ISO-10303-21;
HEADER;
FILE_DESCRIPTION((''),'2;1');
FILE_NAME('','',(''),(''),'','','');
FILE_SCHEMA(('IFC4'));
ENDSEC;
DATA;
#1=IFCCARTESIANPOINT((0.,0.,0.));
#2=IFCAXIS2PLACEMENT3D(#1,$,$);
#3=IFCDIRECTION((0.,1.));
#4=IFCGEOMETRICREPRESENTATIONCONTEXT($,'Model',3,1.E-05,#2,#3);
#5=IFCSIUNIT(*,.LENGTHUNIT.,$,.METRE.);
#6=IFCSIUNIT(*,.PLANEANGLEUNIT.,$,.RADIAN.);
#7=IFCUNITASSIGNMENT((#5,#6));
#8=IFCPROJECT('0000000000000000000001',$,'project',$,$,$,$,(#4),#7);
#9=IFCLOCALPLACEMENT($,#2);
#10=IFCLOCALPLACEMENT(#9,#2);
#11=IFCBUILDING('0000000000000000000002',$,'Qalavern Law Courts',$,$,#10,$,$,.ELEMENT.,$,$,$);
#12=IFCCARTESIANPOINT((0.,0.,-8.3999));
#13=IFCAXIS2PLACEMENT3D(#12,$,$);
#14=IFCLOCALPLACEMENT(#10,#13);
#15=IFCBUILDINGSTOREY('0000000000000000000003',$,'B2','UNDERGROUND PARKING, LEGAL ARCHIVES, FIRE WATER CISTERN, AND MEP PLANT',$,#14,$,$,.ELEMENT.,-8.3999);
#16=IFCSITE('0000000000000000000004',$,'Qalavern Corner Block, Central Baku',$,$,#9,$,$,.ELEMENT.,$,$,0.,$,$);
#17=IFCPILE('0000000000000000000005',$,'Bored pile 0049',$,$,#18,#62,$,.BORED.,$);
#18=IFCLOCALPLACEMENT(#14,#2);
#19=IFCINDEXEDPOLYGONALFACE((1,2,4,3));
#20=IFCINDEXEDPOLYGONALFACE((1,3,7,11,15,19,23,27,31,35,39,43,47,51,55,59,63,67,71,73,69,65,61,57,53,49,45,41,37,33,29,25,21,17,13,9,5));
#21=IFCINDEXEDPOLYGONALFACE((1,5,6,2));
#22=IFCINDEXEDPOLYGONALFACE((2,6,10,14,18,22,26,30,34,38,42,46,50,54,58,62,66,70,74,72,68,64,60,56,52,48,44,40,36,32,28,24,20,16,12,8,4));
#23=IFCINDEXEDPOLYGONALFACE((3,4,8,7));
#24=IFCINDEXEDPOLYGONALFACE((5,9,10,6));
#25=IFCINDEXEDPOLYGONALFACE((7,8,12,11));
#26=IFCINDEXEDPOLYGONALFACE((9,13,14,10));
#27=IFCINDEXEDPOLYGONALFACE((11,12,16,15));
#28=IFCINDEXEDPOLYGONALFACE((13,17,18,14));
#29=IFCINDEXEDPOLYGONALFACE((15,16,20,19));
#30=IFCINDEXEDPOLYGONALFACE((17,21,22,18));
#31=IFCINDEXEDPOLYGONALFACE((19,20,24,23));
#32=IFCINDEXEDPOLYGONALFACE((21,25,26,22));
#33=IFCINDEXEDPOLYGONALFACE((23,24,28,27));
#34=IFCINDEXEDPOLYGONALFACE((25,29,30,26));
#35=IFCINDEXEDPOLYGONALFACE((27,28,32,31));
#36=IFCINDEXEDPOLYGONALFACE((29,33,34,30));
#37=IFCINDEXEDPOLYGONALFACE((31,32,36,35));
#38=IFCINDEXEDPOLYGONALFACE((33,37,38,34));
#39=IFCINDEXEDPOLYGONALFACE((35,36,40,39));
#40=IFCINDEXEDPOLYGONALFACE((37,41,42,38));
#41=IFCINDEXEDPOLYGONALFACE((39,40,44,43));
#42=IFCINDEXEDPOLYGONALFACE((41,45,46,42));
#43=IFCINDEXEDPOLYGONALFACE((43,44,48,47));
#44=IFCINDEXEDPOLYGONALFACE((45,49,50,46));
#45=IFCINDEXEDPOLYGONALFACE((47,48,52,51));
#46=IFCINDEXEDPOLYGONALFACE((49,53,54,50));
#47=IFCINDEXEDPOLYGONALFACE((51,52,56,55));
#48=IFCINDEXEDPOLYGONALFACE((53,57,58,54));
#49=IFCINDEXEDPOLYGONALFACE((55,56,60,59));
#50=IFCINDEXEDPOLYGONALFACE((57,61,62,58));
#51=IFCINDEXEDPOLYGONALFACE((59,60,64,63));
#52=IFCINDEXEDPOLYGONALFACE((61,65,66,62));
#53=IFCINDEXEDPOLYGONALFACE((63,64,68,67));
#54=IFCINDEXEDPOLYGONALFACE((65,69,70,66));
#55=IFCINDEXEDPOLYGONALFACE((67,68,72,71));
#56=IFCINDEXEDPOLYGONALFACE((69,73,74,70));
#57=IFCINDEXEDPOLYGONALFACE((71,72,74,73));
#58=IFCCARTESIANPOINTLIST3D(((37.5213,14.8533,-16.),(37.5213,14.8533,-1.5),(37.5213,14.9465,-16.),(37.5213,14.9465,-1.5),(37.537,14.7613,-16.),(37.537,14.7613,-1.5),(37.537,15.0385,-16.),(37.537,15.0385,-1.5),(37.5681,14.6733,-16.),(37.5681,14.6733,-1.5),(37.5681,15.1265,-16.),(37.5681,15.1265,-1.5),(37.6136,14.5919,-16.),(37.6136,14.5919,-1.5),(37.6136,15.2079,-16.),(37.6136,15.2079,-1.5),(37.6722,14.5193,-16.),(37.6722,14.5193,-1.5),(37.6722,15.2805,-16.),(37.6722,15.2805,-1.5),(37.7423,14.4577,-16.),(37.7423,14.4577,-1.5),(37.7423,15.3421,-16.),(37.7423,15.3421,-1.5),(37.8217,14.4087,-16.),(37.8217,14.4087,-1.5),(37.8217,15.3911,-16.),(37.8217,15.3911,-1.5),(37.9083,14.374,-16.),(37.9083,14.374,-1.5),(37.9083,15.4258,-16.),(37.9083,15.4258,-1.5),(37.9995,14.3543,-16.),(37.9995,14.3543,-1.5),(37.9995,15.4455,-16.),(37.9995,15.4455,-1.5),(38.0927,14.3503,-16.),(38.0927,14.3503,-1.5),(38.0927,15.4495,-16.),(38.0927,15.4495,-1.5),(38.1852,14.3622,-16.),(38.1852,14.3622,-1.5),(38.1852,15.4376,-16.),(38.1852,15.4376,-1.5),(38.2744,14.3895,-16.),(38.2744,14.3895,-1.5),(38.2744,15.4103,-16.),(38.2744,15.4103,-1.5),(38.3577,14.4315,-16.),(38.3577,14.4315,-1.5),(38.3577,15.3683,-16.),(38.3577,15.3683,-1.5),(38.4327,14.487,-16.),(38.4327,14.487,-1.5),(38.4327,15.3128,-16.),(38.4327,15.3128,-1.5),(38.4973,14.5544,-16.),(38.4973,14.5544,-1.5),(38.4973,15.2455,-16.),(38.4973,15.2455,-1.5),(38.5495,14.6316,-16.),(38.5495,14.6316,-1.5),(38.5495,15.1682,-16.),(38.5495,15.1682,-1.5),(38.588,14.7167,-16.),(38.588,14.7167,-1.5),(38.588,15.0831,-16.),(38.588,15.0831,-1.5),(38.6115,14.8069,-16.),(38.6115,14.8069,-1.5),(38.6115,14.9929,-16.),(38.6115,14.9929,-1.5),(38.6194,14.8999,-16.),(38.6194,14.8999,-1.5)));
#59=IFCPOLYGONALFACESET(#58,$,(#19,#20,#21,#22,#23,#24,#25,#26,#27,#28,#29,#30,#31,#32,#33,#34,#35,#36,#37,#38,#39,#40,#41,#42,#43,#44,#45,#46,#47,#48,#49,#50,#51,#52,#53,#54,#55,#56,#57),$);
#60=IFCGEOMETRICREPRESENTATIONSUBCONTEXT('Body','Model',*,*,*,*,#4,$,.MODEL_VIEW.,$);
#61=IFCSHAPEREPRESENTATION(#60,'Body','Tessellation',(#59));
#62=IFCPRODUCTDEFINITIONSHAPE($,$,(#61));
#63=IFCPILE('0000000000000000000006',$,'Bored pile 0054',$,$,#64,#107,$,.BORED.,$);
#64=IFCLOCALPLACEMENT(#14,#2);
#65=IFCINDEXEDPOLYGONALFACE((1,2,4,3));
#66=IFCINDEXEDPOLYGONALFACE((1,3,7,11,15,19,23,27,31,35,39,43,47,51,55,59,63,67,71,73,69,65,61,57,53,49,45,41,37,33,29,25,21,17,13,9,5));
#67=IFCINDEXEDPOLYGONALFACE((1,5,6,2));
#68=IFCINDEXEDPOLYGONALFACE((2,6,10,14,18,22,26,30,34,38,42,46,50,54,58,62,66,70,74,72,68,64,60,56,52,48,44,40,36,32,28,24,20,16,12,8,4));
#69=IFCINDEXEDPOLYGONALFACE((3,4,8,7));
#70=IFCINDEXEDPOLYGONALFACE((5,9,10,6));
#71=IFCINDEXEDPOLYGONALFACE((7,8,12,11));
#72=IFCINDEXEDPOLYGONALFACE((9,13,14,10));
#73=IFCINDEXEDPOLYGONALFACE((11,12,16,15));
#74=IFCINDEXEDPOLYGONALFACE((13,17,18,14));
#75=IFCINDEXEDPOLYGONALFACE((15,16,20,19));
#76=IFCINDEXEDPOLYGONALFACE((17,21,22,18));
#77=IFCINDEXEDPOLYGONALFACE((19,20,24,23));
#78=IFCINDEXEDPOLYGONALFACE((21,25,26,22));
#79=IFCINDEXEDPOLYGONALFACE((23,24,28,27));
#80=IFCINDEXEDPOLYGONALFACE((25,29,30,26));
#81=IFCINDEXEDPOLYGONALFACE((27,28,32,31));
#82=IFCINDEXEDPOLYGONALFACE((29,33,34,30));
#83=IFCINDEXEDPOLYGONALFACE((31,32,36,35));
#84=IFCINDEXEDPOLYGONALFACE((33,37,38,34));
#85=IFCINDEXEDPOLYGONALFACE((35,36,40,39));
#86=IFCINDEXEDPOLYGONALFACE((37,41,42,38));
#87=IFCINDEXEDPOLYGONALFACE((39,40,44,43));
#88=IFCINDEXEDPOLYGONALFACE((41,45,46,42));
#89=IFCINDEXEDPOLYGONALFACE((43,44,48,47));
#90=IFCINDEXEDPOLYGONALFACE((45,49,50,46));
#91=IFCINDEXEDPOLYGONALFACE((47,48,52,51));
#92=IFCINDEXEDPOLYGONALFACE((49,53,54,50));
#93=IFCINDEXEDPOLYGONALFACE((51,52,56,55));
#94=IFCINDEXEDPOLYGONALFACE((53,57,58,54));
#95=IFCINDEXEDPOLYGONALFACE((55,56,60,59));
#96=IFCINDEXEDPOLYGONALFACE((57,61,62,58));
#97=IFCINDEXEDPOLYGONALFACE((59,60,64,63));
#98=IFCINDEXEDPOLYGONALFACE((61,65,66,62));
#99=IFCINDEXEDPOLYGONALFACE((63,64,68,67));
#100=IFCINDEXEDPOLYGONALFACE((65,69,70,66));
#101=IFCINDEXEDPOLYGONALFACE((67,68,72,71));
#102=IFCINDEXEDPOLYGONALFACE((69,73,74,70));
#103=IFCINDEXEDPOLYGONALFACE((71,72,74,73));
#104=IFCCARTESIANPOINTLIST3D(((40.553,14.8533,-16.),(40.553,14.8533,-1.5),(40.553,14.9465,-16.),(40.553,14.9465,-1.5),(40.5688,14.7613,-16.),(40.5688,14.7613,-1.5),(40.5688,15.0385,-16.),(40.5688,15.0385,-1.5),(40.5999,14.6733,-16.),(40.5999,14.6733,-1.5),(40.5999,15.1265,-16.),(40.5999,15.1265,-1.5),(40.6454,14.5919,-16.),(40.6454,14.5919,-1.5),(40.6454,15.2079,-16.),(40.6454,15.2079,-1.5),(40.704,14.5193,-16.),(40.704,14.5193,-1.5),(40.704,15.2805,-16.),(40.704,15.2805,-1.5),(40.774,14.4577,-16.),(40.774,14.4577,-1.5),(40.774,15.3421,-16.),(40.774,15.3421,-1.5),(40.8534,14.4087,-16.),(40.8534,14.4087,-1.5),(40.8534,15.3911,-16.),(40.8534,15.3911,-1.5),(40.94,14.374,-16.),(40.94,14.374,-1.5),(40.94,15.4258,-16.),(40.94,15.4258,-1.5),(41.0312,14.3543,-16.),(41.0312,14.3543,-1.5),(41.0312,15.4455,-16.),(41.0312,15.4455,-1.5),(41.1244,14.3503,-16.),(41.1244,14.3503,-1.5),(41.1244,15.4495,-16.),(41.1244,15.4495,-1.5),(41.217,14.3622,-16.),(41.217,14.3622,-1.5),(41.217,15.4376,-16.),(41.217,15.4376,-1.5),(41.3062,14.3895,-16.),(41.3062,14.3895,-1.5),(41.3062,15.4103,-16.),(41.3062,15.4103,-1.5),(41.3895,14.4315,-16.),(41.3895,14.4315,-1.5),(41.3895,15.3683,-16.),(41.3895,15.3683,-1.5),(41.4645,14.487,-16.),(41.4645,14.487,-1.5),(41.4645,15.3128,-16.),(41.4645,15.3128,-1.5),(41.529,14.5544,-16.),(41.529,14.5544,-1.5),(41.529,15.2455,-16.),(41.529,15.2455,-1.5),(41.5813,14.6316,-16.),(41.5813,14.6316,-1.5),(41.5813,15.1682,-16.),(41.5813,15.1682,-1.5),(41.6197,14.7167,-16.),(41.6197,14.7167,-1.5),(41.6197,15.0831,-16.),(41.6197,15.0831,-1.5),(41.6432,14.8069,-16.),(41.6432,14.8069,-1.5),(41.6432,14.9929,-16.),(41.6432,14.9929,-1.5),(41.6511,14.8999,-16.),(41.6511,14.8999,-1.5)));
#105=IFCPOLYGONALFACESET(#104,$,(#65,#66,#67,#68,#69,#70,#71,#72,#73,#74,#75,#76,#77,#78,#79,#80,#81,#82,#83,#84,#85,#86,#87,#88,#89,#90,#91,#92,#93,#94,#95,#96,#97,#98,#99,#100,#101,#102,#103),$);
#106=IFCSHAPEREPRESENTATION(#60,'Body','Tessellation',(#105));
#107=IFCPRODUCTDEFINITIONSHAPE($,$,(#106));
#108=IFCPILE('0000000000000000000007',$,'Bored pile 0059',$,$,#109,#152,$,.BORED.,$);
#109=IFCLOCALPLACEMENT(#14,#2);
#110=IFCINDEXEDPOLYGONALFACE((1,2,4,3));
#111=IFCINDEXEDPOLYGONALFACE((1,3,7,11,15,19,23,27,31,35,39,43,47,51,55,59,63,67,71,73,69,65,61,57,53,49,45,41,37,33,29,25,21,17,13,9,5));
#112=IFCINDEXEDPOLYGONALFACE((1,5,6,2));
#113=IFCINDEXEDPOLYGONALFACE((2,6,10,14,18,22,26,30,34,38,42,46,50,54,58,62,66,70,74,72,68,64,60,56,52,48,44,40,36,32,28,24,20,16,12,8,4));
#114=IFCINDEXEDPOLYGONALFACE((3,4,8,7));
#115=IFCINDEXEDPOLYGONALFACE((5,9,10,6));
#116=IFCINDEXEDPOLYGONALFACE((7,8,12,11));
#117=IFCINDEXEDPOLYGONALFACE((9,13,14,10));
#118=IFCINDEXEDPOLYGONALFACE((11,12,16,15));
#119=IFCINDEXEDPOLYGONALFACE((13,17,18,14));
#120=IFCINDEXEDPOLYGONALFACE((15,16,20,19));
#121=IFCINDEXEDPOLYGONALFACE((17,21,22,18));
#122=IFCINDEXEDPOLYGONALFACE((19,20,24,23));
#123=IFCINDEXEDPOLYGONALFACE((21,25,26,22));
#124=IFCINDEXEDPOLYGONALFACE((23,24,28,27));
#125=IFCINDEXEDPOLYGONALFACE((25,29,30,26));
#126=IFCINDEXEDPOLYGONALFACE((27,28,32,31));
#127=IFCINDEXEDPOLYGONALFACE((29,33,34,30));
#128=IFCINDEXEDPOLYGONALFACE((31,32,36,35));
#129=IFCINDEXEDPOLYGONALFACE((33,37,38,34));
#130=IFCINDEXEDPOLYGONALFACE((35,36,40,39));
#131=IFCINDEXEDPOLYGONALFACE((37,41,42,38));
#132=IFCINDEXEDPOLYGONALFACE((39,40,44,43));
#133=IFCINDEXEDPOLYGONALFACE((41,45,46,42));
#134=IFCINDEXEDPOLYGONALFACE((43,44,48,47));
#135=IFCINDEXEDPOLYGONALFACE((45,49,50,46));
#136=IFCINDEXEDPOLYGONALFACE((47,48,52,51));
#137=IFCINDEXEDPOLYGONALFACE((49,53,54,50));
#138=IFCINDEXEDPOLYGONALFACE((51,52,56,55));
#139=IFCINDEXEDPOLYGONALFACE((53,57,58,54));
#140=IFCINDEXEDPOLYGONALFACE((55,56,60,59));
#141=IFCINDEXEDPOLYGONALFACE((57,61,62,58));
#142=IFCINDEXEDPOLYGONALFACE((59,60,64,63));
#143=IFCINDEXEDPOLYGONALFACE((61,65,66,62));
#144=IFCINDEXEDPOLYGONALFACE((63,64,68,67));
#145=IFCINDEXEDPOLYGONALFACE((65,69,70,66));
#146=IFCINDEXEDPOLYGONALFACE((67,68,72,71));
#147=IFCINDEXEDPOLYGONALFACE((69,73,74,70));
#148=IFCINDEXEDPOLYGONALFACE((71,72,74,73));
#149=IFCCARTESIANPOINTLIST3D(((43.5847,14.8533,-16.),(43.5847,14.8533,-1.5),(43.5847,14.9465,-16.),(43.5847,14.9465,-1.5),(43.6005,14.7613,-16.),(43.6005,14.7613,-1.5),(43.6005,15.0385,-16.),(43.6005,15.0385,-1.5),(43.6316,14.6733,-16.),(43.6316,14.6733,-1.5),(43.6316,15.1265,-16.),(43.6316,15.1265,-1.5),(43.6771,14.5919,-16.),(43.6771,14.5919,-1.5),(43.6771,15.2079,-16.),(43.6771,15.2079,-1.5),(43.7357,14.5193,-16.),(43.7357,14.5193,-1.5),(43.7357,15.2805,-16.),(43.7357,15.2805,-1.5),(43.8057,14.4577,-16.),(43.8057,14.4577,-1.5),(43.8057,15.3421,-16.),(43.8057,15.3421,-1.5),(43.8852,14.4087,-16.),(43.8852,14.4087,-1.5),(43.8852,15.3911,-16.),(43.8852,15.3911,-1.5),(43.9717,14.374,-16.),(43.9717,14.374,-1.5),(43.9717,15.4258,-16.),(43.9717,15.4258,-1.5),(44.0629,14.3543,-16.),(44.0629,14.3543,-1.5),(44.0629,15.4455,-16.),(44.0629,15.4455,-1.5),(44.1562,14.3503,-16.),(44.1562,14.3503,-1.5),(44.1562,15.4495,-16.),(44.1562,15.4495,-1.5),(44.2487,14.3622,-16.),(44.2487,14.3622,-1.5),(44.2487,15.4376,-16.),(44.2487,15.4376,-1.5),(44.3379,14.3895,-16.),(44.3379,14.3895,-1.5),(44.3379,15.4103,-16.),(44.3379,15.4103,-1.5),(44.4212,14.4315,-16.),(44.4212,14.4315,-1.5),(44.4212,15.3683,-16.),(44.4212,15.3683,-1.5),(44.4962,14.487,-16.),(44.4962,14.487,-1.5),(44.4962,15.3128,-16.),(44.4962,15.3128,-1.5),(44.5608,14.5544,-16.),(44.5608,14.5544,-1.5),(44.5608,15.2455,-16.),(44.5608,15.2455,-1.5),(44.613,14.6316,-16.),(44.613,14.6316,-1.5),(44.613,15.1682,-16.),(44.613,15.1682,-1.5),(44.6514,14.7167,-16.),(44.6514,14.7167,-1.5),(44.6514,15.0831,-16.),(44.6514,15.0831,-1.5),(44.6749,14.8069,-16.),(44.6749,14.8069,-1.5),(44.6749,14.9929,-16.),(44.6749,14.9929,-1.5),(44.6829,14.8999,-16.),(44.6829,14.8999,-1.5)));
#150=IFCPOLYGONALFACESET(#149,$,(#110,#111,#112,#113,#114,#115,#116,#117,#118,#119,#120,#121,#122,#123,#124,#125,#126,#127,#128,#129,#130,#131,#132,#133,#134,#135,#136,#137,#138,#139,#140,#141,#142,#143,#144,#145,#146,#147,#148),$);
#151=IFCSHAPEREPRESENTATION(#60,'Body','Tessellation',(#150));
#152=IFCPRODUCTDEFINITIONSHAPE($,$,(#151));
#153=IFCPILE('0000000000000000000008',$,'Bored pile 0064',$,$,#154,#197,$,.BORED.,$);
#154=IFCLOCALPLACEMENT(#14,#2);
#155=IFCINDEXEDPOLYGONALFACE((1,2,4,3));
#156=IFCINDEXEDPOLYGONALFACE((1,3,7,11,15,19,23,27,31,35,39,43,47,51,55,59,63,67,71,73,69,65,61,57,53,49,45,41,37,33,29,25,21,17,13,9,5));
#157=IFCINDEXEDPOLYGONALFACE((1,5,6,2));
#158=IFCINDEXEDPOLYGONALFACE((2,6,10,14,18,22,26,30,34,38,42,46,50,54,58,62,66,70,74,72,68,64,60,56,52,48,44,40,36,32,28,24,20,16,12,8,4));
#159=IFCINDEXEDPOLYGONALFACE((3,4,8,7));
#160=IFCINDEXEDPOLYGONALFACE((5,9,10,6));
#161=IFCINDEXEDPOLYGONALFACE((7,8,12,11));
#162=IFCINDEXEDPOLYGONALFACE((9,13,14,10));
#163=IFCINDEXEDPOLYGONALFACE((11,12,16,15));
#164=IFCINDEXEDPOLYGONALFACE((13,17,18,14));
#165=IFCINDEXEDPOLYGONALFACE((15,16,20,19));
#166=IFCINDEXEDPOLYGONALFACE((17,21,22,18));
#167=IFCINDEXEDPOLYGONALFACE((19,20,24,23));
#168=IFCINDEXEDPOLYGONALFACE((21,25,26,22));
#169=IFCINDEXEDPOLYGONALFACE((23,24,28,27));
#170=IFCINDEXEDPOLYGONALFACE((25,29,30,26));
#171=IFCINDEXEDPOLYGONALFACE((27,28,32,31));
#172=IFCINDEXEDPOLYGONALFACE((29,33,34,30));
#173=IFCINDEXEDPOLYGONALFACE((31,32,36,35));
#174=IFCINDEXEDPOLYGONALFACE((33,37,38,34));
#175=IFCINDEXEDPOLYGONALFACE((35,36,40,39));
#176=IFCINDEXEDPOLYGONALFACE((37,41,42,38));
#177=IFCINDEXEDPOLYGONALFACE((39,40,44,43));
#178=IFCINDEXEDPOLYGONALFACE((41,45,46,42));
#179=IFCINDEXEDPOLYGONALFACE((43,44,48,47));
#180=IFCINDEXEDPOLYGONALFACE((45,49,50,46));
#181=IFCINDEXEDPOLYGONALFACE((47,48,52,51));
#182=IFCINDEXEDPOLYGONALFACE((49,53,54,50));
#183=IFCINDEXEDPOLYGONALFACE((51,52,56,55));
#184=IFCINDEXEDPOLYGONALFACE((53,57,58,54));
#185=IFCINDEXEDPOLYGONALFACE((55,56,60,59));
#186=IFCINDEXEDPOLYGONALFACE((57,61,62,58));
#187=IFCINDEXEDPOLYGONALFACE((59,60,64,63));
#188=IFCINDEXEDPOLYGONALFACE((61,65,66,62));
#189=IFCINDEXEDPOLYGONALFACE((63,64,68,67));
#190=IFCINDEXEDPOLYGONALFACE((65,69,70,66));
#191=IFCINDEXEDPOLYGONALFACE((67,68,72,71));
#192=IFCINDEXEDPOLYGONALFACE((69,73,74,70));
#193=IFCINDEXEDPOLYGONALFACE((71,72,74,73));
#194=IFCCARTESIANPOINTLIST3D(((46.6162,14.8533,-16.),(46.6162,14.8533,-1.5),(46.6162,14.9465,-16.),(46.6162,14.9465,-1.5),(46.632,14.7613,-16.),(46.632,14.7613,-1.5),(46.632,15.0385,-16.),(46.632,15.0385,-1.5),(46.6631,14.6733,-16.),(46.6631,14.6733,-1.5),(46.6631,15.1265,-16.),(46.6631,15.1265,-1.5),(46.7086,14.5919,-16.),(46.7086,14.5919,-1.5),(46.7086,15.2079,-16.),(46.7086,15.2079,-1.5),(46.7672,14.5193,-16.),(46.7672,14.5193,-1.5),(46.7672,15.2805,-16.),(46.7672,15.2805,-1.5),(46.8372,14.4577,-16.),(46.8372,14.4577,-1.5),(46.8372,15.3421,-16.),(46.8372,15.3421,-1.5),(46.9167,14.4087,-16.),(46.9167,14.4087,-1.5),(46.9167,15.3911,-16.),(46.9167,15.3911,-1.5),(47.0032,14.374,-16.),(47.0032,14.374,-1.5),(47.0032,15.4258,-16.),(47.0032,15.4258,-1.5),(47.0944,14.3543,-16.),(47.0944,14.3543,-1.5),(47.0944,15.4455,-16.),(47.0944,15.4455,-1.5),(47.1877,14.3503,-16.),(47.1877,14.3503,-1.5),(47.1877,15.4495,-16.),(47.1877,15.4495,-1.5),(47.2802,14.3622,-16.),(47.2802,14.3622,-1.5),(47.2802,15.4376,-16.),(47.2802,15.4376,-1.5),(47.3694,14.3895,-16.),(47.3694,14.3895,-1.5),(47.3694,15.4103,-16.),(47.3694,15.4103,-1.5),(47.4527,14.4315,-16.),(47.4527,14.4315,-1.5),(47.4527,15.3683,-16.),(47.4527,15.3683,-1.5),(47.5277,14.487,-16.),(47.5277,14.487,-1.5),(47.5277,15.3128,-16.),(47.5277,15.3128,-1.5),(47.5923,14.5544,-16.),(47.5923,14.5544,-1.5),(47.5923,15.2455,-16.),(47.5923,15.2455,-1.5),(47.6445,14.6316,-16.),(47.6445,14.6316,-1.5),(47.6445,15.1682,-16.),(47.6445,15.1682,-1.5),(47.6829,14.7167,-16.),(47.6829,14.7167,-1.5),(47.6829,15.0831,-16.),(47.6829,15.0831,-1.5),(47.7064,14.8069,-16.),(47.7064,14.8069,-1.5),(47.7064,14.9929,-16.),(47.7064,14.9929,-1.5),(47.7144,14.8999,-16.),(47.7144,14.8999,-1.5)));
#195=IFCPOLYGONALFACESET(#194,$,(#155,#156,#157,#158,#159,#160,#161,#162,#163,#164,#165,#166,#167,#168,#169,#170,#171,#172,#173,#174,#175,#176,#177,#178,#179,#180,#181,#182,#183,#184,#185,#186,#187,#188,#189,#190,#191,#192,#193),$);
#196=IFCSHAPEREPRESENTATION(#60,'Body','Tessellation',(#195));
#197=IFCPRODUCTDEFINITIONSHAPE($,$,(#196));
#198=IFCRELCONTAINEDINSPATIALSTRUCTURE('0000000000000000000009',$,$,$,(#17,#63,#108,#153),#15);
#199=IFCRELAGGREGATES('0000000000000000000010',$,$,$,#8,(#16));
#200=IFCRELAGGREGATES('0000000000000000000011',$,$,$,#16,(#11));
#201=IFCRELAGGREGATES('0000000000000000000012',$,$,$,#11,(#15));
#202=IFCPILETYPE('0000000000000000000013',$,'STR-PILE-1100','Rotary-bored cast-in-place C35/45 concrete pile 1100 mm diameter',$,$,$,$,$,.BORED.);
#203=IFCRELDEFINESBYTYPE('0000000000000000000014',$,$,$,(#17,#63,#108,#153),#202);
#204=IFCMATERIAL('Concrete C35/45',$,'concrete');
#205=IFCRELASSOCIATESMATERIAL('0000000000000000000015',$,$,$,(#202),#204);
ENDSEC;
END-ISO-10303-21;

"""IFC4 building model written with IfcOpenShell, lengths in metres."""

from ifc_helpers import new_model, si_unit, direction, frame, origin, origin_2d, place, context, subcontext, project, spatial, circle, extrude, material, material_profile, profile_set, type_object, element, save


model = new_model("IFC4")

# Units and contexts
model_context = context("Model", 3, precision=1e-05, world=origin(), true_north=direction((0.0, 1.0)))
body_context = subcontext(model_context, "Body", "Model", "MODEL_VIEW")
ifc_project = project(units=[si_unit("LENGTHUNIT", "METRE"), si_unit("PLANEANGLEUNIT", "RADIAN")], contexts=[model_context])

# Site, building, storey
site_placement = place(None, origin())
site = spatial("IfcSite", under=ifc_project, at=site_placement, Name="Qalavern Corner Block, Central Baku", CompositionType="ELEMENT", RefElevation=0.0)
building_placement = place(site_placement, origin())
building = spatial("IfcBuilding", under=site, at=building_placement, Name="Qalavern Law Courts", CompositionType="ELEMENT")
storey_placement = place(building_placement, frame((0.0, 0.0, -8.3999)))
storey = spatial("IfcBuildingStorey", under=building, at=storey_placement, Name="B2", Description="UNDERGROUND PARKING, LEGAL ARCHIVES, FIRE WATER CISTERN, AND MEP PLANT", CompositionType="ELEMENT", Elevation=-8.3999)

# Shared definitions
ifc_material_1 = material(Name="Concrete C35/45", Category="concrete")

# Piles
ifc_material_profile_1 = material_profile(ifc_material_1, circle(Radius=0.55, at=origin_2d()), Name="BORED PILE 1100")
ifc_profile_set_1 = profile_set([ifc_material_profile_1], Name="Concrete C35/45")
pile_type_1 = type_object("IfcPileType", Name="STR-PILE-1100", Description="Rotary-bored cast-in-place C35/45 concrete pile 1100 mm diameter", PredefinedType="BORED", material=ifc_profile_set_1)
for number, where, z_axis, x_axis, name in (
    (1, (38.0693, 14.8999, -1.5), (0.0, 0.0, -1.0), (1.0, 0.0, 0.0), "Bored pile 0049"),
    (2, (41.1011, 14.8999, -1.5), (0.0, 0.0, -1.0), (1.0, 0.0, 0.0), "Bored pile 0054"),
    (3, (44.1328, 14.8999, -1.5), (0.0, 0.0, -1.0), (1.0, 0.0, 0.0), "Bored pile 0059"),
    (4, (47.1643, 14.8999, -1.5), (0.0, 0.0, -1.0), (1.0, 0.0, 0.0), "Bored pile 0064"),
):
    element("IfcPile", number, at=place(storey_placement, frame(where, z_axis=z_axis, x_axis=x_axis)), inside=storey, type_object=pile_type_1, Name=name, PredefinedType="BORED", context=body_context, shape_type="SweptSolid", body=[
        extrude(circle(Radius=0.55, at=origin_2d()), origin(), (0.0, 0.0, 1.0), 14.5),
    ])

save(model, "model.ifc")
